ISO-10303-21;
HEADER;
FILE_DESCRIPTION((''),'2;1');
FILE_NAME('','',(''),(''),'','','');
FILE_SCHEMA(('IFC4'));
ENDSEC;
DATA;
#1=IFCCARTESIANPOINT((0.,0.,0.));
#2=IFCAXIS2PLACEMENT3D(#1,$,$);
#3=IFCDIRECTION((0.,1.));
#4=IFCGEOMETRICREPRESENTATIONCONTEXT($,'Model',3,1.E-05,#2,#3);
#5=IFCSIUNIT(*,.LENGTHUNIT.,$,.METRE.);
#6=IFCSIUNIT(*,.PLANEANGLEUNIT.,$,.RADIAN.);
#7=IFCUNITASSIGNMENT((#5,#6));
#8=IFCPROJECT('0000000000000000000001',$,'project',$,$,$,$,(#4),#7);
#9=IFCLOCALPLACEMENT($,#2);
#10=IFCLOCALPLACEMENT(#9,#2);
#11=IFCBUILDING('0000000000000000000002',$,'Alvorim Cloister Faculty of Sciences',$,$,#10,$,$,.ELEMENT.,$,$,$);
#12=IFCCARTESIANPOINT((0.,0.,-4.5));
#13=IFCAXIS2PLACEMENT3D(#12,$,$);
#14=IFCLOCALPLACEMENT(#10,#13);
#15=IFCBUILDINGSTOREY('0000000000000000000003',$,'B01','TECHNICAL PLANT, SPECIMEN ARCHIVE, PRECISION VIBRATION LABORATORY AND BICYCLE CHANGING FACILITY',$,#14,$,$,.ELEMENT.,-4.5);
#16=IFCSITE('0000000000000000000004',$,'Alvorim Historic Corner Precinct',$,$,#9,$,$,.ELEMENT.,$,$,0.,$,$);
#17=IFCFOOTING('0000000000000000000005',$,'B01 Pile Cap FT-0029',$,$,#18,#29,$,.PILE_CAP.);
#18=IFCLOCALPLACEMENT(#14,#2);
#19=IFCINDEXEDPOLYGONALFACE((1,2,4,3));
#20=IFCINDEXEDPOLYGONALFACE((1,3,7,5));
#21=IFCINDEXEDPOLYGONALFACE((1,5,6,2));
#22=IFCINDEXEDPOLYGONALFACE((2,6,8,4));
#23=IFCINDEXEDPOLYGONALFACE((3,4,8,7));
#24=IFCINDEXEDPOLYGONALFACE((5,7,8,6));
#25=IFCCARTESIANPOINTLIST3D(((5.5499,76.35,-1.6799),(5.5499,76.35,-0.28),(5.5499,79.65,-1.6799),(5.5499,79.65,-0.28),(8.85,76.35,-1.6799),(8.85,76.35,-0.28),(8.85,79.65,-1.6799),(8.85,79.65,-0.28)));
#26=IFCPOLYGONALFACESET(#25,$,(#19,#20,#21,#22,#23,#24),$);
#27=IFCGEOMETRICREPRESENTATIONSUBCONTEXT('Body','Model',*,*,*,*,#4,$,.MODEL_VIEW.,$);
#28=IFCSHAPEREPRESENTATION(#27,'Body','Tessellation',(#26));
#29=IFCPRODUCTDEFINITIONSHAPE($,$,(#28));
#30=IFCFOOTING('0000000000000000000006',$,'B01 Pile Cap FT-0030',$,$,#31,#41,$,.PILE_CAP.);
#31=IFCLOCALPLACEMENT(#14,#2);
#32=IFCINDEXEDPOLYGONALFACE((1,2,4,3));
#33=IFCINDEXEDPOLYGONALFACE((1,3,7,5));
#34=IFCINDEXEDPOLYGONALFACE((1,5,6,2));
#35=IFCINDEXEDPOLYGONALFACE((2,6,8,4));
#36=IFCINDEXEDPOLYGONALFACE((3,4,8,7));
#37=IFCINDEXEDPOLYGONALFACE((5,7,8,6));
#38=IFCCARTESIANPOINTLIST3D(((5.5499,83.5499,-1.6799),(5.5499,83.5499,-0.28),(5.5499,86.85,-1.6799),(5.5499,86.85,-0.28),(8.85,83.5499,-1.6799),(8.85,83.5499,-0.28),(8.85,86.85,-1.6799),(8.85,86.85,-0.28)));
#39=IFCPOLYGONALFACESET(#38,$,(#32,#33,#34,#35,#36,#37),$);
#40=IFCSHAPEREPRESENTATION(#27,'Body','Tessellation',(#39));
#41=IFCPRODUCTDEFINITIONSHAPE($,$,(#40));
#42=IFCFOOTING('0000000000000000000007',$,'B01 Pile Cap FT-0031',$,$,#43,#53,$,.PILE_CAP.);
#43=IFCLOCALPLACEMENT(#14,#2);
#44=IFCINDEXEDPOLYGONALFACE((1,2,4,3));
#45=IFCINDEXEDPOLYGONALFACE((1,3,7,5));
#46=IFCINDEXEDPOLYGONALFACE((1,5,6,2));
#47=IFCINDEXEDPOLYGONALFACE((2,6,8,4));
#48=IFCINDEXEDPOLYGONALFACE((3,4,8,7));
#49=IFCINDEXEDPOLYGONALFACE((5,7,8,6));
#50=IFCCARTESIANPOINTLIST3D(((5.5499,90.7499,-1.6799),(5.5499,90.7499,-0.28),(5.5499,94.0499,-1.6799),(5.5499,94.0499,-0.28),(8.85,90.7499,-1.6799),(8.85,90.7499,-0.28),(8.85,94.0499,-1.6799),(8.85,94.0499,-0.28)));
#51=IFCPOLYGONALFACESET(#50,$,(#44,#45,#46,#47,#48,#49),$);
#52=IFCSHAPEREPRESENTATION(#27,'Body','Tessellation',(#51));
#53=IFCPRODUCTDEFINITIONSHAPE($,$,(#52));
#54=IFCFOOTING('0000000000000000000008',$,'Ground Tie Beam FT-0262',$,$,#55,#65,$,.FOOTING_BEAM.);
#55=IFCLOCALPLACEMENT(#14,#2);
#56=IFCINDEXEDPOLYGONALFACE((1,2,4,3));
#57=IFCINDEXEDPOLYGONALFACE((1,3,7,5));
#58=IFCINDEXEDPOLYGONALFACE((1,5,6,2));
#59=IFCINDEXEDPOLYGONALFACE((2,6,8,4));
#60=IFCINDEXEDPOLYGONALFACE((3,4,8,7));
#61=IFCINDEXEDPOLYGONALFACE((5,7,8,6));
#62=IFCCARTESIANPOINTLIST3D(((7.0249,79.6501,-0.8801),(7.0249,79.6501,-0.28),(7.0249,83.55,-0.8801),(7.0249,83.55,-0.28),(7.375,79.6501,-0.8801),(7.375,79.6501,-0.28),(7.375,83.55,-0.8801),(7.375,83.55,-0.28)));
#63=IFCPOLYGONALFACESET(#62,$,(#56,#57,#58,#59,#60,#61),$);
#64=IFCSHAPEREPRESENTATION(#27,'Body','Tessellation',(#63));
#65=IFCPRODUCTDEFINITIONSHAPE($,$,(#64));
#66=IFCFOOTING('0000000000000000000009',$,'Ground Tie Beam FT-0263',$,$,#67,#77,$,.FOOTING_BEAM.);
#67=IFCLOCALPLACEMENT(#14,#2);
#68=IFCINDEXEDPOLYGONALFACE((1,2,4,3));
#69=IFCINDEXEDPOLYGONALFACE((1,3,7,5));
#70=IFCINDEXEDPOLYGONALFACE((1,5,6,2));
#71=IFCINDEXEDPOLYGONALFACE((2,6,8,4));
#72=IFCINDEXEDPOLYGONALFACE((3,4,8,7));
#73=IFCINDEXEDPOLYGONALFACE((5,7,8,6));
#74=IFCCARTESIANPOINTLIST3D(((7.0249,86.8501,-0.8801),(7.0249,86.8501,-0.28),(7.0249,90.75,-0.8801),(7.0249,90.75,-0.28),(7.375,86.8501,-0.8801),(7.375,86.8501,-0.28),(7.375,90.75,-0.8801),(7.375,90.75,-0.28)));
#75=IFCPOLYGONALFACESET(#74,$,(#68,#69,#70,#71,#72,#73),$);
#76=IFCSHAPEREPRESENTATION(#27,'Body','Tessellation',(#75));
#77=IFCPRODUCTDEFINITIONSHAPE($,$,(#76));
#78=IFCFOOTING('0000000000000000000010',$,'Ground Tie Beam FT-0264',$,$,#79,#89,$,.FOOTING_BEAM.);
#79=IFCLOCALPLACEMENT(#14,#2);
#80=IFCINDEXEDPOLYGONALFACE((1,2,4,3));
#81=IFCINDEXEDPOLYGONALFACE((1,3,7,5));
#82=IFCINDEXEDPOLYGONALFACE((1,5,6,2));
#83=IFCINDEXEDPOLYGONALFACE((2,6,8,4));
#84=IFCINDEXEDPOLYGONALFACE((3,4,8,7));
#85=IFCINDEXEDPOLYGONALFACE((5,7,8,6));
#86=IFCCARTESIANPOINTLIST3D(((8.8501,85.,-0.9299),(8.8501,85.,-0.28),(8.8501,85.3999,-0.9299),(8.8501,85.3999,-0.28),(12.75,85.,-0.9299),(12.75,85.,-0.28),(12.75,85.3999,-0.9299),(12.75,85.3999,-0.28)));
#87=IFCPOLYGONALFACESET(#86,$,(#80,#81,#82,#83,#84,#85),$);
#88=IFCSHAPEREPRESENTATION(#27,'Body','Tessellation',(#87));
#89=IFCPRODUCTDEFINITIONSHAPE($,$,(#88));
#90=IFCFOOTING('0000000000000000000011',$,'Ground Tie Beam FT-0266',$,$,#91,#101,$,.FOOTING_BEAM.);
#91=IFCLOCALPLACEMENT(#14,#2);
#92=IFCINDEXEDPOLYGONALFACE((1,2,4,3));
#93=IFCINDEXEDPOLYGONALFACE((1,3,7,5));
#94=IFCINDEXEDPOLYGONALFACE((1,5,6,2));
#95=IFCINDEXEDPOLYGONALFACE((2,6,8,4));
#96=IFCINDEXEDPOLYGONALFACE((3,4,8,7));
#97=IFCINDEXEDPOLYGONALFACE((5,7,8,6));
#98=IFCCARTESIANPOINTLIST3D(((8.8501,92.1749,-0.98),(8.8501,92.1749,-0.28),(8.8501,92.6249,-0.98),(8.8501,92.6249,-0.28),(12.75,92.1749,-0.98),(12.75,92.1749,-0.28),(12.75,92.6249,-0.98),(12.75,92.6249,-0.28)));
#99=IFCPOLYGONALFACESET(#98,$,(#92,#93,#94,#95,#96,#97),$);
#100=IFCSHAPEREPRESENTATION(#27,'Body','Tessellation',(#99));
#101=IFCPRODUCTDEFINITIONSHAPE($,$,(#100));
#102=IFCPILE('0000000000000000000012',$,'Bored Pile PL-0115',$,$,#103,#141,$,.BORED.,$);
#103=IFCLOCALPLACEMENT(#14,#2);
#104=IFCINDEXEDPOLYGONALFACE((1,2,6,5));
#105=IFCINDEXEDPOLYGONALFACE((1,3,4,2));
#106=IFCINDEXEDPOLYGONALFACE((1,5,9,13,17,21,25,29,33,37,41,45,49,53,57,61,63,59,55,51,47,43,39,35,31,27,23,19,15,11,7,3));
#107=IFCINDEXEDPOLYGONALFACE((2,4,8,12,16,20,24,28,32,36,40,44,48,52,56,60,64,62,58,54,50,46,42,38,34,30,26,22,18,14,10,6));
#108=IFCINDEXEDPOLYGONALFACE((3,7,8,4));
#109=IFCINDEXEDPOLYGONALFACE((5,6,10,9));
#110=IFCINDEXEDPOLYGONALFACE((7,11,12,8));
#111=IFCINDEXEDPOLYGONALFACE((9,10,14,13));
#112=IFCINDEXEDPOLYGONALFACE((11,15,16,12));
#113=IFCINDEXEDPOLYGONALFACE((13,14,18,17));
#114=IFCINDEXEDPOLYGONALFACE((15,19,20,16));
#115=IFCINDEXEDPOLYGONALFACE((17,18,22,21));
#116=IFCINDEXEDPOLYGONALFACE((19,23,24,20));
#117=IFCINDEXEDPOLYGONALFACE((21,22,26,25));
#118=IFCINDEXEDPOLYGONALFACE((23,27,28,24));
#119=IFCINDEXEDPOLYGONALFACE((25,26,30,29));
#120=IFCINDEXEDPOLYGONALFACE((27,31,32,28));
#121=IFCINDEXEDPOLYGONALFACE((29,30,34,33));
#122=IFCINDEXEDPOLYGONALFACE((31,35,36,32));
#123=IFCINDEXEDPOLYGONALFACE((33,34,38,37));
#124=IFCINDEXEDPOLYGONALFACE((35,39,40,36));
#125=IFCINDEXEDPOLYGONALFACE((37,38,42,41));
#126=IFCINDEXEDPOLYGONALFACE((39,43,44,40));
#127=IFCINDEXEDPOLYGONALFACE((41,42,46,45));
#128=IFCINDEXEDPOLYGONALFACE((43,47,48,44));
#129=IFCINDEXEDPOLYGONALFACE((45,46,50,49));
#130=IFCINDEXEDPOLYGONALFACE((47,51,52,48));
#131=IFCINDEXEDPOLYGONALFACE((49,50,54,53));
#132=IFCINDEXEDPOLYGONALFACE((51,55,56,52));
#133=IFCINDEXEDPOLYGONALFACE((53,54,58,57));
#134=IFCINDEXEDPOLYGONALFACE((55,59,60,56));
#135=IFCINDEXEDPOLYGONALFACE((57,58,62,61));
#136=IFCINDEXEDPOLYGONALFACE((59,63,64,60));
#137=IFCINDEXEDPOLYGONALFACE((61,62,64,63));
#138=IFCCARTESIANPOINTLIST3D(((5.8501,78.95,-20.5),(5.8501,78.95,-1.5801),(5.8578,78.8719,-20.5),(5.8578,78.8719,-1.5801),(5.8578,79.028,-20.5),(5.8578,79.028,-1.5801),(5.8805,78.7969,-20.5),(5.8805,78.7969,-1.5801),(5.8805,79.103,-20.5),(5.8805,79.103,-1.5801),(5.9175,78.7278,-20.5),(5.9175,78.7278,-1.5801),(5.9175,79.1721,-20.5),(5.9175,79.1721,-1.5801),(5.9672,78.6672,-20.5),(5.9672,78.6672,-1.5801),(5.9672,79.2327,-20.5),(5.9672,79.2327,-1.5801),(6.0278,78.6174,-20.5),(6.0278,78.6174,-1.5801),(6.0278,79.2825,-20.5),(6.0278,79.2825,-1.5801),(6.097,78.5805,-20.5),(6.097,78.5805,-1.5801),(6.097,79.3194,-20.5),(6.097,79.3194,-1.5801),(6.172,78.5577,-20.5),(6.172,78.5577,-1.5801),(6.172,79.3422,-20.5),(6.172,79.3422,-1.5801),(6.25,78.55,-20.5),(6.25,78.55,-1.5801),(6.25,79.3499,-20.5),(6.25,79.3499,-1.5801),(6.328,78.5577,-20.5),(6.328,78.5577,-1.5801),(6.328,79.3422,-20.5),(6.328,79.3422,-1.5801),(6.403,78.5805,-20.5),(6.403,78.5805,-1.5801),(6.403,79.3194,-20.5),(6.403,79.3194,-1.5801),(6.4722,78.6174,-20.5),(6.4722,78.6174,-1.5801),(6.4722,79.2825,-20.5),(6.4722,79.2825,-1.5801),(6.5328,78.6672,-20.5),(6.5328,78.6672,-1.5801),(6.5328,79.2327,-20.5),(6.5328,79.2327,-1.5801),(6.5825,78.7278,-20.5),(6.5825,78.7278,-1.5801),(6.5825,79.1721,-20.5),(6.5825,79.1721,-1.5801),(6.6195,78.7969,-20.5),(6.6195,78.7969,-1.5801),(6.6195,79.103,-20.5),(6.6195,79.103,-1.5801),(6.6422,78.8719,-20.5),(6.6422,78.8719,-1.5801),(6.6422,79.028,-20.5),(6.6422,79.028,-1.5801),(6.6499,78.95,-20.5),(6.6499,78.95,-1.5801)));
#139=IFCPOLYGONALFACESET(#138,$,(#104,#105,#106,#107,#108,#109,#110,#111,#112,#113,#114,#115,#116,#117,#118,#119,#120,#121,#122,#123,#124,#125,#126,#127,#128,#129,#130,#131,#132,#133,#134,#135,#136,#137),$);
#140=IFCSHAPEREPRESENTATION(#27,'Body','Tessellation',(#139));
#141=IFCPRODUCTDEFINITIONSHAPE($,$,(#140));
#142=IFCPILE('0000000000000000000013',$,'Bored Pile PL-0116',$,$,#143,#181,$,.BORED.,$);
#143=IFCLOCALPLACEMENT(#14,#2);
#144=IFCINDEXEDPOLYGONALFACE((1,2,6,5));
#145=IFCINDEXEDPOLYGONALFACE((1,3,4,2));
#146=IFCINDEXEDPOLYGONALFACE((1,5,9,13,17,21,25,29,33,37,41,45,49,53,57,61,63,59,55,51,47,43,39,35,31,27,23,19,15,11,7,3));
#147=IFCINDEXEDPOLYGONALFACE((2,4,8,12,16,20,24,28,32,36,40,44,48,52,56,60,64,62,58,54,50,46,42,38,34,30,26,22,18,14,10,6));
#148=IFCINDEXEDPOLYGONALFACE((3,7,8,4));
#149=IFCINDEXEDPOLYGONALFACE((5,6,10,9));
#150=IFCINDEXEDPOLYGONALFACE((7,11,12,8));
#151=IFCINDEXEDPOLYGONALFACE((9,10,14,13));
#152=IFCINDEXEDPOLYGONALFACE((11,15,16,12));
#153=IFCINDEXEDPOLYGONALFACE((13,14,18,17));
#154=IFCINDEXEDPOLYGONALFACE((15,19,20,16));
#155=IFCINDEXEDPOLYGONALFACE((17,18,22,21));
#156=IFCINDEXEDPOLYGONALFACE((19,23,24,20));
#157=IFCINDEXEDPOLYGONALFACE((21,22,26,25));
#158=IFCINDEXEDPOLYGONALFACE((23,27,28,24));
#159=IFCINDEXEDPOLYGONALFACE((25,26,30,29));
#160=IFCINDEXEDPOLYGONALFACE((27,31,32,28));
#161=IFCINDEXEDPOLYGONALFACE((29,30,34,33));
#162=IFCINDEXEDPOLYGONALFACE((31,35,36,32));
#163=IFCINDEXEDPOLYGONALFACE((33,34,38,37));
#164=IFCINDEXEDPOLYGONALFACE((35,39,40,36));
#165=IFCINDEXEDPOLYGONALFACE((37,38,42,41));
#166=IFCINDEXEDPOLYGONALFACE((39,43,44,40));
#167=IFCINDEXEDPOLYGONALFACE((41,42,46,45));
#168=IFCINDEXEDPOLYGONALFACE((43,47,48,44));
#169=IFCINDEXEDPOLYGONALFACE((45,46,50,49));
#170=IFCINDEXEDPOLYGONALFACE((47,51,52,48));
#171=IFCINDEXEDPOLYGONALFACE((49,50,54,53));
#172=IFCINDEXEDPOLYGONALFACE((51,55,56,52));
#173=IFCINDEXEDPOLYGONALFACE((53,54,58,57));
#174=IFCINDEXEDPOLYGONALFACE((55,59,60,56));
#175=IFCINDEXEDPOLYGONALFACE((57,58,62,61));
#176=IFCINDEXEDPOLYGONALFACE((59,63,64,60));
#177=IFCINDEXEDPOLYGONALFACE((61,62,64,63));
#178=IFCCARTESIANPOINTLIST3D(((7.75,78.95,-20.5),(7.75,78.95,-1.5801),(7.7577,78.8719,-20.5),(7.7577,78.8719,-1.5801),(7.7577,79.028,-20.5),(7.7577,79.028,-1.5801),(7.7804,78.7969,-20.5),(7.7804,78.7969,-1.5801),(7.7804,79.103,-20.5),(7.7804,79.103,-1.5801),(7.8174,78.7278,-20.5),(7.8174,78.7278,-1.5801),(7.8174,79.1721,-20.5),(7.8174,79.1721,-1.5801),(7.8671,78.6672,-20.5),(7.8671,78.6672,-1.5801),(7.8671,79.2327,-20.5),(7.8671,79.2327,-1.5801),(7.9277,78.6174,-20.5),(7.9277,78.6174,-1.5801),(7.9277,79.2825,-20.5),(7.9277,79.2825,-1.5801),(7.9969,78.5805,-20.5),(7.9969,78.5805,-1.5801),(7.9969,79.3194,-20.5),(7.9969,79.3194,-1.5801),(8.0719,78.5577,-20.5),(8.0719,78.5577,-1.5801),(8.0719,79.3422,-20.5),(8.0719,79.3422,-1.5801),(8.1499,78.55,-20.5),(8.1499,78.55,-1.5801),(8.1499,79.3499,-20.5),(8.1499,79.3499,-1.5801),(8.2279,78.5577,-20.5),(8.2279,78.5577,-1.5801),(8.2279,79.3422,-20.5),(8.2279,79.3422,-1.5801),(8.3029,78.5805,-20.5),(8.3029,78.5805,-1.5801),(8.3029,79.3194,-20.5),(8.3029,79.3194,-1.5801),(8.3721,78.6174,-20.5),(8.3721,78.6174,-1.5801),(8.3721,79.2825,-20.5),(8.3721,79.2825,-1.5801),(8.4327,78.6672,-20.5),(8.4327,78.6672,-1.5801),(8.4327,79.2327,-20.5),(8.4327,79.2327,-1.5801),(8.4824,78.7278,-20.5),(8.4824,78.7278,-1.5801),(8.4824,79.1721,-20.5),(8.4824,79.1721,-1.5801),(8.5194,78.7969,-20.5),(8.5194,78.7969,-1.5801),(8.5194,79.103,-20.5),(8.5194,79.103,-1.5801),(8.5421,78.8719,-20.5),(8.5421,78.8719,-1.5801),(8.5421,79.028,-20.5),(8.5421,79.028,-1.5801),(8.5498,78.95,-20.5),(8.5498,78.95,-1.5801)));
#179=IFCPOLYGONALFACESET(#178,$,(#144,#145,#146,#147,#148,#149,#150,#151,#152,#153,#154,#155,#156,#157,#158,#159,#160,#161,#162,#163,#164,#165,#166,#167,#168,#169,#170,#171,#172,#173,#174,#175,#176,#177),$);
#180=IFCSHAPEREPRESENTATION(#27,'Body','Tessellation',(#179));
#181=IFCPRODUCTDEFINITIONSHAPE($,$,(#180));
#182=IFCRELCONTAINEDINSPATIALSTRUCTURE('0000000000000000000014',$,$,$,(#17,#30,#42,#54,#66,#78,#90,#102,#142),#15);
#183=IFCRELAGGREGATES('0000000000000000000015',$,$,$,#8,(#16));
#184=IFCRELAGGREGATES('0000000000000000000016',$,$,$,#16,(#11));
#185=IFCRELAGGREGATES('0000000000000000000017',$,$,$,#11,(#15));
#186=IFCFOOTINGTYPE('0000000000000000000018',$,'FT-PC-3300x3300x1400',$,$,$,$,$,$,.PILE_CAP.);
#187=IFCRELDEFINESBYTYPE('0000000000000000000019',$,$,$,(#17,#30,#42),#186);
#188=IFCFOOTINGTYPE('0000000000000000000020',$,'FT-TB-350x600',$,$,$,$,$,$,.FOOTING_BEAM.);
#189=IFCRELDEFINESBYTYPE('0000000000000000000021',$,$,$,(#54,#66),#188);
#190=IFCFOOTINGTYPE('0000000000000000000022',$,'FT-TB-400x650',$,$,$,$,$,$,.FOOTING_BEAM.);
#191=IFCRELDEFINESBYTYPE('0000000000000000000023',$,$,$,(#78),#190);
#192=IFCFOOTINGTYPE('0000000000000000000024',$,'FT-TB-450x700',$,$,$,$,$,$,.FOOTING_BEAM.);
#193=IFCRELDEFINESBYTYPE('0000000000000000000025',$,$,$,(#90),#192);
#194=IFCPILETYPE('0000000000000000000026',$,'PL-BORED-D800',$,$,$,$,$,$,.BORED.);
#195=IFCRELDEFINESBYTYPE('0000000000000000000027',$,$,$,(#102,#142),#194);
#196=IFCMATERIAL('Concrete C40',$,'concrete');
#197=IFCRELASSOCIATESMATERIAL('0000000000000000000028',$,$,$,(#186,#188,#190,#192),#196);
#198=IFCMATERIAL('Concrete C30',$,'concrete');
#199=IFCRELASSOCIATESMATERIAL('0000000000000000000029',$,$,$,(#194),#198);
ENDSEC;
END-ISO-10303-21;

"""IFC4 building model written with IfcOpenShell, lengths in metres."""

from ifc_helpers import new_model, si_unit, direction, frame, origin, origin_2d, place, context, subcontext, project, spatial, rectangle, circle, extrude, material, material_profile, profile_set, type_object, element, save


model = new_model("IFC4")

# Units and contexts
model_context = context("Model", 3, precision=1e-05, world=origin(), true_north=direction((0.0, 1.0)))
body_context = subcontext(model_context, "Body", "Model", "MODEL_VIEW")
ifc_project = project(units=[si_unit("LENGTHUNIT", "METRE"), si_unit("PLANEANGLEUNIT", "RADIAN")], contexts=[model_context])

# Site, building, storey
site_placement = place(None, origin())
site = spatial("IfcSite", under=ifc_project, at=site_placement, Name="Alvorim Historic Corner Precinct", CompositionType="ELEMENT", RefElevation=0.0)
building_placement = place(site_placement, origin())
building = spatial("IfcBuilding", under=site, at=building_placement, Name="Alvorim Cloister Faculty of Sciences", CompositionType="ELEMENT")
storey_placement = place(building_placement, frame((0.0, 0.0, -4.5)))
storey = spatial("IfcBuildingStorey", under=building, at=storey_placement, Name="B01", Description="TECHNICAL PLANT, SPECIMEN ARCHIVE, PRECISION VIBRATION LABORATORY AND BICYCLE CHANGING FACILITY", CompositionType="ELEMENT", Elevation=-4.5)

# Footings
ifc_material_1 = material(Name="Concrete C40", Category="concrete")
footing_type_1 = type_object("IfcFootingType", Name="FT-PC-3300x3300x1400", PredefinedType="PILE_CAP", material=ifc_material_1)
for number, where, z_axis, x_axis, name in (
    (1, (7.2, 78.0, -1.6799), (0.0, 0.0, 1.0), (1.0, 0.0, 0.0), "B01 Pile Cap FT-0029"),
    (2, (7.2, 85.2, -1.6799), (0.0, 0.0, 1.0), (1.0, 0.0, 0.0), "B01 Pile Cap FT-0030"),
    (3, (7.2, 92.3999, -1.6799), (0.0, 0.0, 1.0), (1.0, 0.0, 0.0), "B01 Pile Cap FT-0031"),
):
    element("IfcFooting", number, at=place(storey_placement, frame(where, z_axis=z_axis, x_axis=x_axis)), inside=storey, type_object=footing_type_1, Name=name, PredefinedType="PILE_CAP", context=body_context, shape_type="SweptSolid", body=[
        extrude(rectangle(XDim=3.3, YDim=3.3, at=origin_2d()), origin(), (0.0, 0.0, 1.0), 1.3999),
    ])
footing_type_2 = type_object("IfcFootingType", Name="FT-TB-350x600", PredefinedType="FOOTING_BEAM", material=ifc_material_1)
for number, where, z_axis, x_axis, name in (
    (4, (7.2, 81.6001, -0.8801), (0.0, 0.0, 1.0), (1.0, 0.0, 0.0), "Ground Tie Beam FT-0262"),
    (5, (7.2, 88.8, -0.8801), (0.0, 0.0, 1.0), (1.0, 0.0, 0.0), "Ground Tie Beam FT-0263"),
):
    element("IfcFooting", number, at=place(storey_placement, frame(where, z_axis=z_axis, x_axis=x_axis)), inside=storey, type_object=footing_type_2, Name=name, PredefinedType="FOOTING_BEAM", context=body_context, shape_type="SweptSolid", body=[
        extrude(rectangle(XDim=0.3501, YDim=3.8999, at=origin_2d()), origin(), (0.0, 0.0, 1.0), 0.6001),
    ])
footing_type_3 = type_object("IfcFootingType", Name="FT-TB-400x650", PredefinedType="FOOTING_BEAM", material=ifc_material_1)
footing_1_placement = place(storey_placement, frame((10.8, 85.2, -0.9299), z_axis=(0.0, 0.0, 1.0), x_axis=(1.0, 0.0, 0.0)))
element("IfcFooting", 6, at=footing_1_placement, inside=storey, type_object=footing_type_3, Name="Ground Tie Beam FT-0264", PredefinedType="FOOTING_BEAM", context=body_context, shape_type="SweptSolid", body=[
    extrude(rectangle(XDim=3.8999, YDim=0.3999, at=origin_2d()), origin(), (0.0, 0.0, 1.0), 0.6499),
])
footing_type_4 = type_object("IfcFootingType", Name="FT-TB-450x700", PredefinedType="FOOTING_BEAM", material=ifc_material_1)
footing_2_placement = place(storey_placement, frame((10.8, 92.3999, -0.98), z_axis=(0.0, 0.0, 1.0), x_axis=(1.0, 0.0, 0.0)))
element("IfcFooting", 7, at=footing_2_placement, inside=storey, type_object=footing_type_4, Name="Ground Tie Beam FT-0266", PredefinedType="FOOTING_BEAM", context=body_context, shape_type="SweptSolid", body=[
    extrude(rectangle(XDim=3.8999, YDim=0.45, at=origin_2d()), origin(), (0.0, 0.0, 1.0), 0.7),
])

# Piles
ifc_material_2 = material(Name="Concrete C30", Category="concrete")
ifc_material_profile_1 = material_profile(ifc_material_2, circle(Radius=0.3999, at=origin_2d()), Name="PILE-D800")
ifc_profile_set_1 = profile_set([ifc_material_profile_1], Name="Concrete C30")
pile_type = type_object("IfcPileType", Name="PL-BORED-D800", PredefinedType="BORED", material=ifc_profile_set_1)
for number, where, z_axis, x_axis, name in (
    (8, (6.25, 78.95, -1.5801), (0.0, 0.0, -1.0), (1.0, 0.0, 0.0), "Bored Pile PL-0115"),
    (9, (8.1499, 78.95, -1.5801), (0.0, 0.0, -1.0), (1.0, 0.0, 0.0), "Bored Pile PL-0116"),
):
    element("IfcPile", number, at=place(storey_placement, frame(where, z_axis=z_axis, x_axis=x_axis)), inside=storey, type_object=pile_type, Name=name, PredefinedType="BORED", context=body_context, shape_type="SweptSolid", body=[
        extrude(circle(Radius=0.3999, at=origin_2d()), origin(), (0.0, 0.0, 1.0), 18.9199),
    ])

save(model, "model.ifc")
